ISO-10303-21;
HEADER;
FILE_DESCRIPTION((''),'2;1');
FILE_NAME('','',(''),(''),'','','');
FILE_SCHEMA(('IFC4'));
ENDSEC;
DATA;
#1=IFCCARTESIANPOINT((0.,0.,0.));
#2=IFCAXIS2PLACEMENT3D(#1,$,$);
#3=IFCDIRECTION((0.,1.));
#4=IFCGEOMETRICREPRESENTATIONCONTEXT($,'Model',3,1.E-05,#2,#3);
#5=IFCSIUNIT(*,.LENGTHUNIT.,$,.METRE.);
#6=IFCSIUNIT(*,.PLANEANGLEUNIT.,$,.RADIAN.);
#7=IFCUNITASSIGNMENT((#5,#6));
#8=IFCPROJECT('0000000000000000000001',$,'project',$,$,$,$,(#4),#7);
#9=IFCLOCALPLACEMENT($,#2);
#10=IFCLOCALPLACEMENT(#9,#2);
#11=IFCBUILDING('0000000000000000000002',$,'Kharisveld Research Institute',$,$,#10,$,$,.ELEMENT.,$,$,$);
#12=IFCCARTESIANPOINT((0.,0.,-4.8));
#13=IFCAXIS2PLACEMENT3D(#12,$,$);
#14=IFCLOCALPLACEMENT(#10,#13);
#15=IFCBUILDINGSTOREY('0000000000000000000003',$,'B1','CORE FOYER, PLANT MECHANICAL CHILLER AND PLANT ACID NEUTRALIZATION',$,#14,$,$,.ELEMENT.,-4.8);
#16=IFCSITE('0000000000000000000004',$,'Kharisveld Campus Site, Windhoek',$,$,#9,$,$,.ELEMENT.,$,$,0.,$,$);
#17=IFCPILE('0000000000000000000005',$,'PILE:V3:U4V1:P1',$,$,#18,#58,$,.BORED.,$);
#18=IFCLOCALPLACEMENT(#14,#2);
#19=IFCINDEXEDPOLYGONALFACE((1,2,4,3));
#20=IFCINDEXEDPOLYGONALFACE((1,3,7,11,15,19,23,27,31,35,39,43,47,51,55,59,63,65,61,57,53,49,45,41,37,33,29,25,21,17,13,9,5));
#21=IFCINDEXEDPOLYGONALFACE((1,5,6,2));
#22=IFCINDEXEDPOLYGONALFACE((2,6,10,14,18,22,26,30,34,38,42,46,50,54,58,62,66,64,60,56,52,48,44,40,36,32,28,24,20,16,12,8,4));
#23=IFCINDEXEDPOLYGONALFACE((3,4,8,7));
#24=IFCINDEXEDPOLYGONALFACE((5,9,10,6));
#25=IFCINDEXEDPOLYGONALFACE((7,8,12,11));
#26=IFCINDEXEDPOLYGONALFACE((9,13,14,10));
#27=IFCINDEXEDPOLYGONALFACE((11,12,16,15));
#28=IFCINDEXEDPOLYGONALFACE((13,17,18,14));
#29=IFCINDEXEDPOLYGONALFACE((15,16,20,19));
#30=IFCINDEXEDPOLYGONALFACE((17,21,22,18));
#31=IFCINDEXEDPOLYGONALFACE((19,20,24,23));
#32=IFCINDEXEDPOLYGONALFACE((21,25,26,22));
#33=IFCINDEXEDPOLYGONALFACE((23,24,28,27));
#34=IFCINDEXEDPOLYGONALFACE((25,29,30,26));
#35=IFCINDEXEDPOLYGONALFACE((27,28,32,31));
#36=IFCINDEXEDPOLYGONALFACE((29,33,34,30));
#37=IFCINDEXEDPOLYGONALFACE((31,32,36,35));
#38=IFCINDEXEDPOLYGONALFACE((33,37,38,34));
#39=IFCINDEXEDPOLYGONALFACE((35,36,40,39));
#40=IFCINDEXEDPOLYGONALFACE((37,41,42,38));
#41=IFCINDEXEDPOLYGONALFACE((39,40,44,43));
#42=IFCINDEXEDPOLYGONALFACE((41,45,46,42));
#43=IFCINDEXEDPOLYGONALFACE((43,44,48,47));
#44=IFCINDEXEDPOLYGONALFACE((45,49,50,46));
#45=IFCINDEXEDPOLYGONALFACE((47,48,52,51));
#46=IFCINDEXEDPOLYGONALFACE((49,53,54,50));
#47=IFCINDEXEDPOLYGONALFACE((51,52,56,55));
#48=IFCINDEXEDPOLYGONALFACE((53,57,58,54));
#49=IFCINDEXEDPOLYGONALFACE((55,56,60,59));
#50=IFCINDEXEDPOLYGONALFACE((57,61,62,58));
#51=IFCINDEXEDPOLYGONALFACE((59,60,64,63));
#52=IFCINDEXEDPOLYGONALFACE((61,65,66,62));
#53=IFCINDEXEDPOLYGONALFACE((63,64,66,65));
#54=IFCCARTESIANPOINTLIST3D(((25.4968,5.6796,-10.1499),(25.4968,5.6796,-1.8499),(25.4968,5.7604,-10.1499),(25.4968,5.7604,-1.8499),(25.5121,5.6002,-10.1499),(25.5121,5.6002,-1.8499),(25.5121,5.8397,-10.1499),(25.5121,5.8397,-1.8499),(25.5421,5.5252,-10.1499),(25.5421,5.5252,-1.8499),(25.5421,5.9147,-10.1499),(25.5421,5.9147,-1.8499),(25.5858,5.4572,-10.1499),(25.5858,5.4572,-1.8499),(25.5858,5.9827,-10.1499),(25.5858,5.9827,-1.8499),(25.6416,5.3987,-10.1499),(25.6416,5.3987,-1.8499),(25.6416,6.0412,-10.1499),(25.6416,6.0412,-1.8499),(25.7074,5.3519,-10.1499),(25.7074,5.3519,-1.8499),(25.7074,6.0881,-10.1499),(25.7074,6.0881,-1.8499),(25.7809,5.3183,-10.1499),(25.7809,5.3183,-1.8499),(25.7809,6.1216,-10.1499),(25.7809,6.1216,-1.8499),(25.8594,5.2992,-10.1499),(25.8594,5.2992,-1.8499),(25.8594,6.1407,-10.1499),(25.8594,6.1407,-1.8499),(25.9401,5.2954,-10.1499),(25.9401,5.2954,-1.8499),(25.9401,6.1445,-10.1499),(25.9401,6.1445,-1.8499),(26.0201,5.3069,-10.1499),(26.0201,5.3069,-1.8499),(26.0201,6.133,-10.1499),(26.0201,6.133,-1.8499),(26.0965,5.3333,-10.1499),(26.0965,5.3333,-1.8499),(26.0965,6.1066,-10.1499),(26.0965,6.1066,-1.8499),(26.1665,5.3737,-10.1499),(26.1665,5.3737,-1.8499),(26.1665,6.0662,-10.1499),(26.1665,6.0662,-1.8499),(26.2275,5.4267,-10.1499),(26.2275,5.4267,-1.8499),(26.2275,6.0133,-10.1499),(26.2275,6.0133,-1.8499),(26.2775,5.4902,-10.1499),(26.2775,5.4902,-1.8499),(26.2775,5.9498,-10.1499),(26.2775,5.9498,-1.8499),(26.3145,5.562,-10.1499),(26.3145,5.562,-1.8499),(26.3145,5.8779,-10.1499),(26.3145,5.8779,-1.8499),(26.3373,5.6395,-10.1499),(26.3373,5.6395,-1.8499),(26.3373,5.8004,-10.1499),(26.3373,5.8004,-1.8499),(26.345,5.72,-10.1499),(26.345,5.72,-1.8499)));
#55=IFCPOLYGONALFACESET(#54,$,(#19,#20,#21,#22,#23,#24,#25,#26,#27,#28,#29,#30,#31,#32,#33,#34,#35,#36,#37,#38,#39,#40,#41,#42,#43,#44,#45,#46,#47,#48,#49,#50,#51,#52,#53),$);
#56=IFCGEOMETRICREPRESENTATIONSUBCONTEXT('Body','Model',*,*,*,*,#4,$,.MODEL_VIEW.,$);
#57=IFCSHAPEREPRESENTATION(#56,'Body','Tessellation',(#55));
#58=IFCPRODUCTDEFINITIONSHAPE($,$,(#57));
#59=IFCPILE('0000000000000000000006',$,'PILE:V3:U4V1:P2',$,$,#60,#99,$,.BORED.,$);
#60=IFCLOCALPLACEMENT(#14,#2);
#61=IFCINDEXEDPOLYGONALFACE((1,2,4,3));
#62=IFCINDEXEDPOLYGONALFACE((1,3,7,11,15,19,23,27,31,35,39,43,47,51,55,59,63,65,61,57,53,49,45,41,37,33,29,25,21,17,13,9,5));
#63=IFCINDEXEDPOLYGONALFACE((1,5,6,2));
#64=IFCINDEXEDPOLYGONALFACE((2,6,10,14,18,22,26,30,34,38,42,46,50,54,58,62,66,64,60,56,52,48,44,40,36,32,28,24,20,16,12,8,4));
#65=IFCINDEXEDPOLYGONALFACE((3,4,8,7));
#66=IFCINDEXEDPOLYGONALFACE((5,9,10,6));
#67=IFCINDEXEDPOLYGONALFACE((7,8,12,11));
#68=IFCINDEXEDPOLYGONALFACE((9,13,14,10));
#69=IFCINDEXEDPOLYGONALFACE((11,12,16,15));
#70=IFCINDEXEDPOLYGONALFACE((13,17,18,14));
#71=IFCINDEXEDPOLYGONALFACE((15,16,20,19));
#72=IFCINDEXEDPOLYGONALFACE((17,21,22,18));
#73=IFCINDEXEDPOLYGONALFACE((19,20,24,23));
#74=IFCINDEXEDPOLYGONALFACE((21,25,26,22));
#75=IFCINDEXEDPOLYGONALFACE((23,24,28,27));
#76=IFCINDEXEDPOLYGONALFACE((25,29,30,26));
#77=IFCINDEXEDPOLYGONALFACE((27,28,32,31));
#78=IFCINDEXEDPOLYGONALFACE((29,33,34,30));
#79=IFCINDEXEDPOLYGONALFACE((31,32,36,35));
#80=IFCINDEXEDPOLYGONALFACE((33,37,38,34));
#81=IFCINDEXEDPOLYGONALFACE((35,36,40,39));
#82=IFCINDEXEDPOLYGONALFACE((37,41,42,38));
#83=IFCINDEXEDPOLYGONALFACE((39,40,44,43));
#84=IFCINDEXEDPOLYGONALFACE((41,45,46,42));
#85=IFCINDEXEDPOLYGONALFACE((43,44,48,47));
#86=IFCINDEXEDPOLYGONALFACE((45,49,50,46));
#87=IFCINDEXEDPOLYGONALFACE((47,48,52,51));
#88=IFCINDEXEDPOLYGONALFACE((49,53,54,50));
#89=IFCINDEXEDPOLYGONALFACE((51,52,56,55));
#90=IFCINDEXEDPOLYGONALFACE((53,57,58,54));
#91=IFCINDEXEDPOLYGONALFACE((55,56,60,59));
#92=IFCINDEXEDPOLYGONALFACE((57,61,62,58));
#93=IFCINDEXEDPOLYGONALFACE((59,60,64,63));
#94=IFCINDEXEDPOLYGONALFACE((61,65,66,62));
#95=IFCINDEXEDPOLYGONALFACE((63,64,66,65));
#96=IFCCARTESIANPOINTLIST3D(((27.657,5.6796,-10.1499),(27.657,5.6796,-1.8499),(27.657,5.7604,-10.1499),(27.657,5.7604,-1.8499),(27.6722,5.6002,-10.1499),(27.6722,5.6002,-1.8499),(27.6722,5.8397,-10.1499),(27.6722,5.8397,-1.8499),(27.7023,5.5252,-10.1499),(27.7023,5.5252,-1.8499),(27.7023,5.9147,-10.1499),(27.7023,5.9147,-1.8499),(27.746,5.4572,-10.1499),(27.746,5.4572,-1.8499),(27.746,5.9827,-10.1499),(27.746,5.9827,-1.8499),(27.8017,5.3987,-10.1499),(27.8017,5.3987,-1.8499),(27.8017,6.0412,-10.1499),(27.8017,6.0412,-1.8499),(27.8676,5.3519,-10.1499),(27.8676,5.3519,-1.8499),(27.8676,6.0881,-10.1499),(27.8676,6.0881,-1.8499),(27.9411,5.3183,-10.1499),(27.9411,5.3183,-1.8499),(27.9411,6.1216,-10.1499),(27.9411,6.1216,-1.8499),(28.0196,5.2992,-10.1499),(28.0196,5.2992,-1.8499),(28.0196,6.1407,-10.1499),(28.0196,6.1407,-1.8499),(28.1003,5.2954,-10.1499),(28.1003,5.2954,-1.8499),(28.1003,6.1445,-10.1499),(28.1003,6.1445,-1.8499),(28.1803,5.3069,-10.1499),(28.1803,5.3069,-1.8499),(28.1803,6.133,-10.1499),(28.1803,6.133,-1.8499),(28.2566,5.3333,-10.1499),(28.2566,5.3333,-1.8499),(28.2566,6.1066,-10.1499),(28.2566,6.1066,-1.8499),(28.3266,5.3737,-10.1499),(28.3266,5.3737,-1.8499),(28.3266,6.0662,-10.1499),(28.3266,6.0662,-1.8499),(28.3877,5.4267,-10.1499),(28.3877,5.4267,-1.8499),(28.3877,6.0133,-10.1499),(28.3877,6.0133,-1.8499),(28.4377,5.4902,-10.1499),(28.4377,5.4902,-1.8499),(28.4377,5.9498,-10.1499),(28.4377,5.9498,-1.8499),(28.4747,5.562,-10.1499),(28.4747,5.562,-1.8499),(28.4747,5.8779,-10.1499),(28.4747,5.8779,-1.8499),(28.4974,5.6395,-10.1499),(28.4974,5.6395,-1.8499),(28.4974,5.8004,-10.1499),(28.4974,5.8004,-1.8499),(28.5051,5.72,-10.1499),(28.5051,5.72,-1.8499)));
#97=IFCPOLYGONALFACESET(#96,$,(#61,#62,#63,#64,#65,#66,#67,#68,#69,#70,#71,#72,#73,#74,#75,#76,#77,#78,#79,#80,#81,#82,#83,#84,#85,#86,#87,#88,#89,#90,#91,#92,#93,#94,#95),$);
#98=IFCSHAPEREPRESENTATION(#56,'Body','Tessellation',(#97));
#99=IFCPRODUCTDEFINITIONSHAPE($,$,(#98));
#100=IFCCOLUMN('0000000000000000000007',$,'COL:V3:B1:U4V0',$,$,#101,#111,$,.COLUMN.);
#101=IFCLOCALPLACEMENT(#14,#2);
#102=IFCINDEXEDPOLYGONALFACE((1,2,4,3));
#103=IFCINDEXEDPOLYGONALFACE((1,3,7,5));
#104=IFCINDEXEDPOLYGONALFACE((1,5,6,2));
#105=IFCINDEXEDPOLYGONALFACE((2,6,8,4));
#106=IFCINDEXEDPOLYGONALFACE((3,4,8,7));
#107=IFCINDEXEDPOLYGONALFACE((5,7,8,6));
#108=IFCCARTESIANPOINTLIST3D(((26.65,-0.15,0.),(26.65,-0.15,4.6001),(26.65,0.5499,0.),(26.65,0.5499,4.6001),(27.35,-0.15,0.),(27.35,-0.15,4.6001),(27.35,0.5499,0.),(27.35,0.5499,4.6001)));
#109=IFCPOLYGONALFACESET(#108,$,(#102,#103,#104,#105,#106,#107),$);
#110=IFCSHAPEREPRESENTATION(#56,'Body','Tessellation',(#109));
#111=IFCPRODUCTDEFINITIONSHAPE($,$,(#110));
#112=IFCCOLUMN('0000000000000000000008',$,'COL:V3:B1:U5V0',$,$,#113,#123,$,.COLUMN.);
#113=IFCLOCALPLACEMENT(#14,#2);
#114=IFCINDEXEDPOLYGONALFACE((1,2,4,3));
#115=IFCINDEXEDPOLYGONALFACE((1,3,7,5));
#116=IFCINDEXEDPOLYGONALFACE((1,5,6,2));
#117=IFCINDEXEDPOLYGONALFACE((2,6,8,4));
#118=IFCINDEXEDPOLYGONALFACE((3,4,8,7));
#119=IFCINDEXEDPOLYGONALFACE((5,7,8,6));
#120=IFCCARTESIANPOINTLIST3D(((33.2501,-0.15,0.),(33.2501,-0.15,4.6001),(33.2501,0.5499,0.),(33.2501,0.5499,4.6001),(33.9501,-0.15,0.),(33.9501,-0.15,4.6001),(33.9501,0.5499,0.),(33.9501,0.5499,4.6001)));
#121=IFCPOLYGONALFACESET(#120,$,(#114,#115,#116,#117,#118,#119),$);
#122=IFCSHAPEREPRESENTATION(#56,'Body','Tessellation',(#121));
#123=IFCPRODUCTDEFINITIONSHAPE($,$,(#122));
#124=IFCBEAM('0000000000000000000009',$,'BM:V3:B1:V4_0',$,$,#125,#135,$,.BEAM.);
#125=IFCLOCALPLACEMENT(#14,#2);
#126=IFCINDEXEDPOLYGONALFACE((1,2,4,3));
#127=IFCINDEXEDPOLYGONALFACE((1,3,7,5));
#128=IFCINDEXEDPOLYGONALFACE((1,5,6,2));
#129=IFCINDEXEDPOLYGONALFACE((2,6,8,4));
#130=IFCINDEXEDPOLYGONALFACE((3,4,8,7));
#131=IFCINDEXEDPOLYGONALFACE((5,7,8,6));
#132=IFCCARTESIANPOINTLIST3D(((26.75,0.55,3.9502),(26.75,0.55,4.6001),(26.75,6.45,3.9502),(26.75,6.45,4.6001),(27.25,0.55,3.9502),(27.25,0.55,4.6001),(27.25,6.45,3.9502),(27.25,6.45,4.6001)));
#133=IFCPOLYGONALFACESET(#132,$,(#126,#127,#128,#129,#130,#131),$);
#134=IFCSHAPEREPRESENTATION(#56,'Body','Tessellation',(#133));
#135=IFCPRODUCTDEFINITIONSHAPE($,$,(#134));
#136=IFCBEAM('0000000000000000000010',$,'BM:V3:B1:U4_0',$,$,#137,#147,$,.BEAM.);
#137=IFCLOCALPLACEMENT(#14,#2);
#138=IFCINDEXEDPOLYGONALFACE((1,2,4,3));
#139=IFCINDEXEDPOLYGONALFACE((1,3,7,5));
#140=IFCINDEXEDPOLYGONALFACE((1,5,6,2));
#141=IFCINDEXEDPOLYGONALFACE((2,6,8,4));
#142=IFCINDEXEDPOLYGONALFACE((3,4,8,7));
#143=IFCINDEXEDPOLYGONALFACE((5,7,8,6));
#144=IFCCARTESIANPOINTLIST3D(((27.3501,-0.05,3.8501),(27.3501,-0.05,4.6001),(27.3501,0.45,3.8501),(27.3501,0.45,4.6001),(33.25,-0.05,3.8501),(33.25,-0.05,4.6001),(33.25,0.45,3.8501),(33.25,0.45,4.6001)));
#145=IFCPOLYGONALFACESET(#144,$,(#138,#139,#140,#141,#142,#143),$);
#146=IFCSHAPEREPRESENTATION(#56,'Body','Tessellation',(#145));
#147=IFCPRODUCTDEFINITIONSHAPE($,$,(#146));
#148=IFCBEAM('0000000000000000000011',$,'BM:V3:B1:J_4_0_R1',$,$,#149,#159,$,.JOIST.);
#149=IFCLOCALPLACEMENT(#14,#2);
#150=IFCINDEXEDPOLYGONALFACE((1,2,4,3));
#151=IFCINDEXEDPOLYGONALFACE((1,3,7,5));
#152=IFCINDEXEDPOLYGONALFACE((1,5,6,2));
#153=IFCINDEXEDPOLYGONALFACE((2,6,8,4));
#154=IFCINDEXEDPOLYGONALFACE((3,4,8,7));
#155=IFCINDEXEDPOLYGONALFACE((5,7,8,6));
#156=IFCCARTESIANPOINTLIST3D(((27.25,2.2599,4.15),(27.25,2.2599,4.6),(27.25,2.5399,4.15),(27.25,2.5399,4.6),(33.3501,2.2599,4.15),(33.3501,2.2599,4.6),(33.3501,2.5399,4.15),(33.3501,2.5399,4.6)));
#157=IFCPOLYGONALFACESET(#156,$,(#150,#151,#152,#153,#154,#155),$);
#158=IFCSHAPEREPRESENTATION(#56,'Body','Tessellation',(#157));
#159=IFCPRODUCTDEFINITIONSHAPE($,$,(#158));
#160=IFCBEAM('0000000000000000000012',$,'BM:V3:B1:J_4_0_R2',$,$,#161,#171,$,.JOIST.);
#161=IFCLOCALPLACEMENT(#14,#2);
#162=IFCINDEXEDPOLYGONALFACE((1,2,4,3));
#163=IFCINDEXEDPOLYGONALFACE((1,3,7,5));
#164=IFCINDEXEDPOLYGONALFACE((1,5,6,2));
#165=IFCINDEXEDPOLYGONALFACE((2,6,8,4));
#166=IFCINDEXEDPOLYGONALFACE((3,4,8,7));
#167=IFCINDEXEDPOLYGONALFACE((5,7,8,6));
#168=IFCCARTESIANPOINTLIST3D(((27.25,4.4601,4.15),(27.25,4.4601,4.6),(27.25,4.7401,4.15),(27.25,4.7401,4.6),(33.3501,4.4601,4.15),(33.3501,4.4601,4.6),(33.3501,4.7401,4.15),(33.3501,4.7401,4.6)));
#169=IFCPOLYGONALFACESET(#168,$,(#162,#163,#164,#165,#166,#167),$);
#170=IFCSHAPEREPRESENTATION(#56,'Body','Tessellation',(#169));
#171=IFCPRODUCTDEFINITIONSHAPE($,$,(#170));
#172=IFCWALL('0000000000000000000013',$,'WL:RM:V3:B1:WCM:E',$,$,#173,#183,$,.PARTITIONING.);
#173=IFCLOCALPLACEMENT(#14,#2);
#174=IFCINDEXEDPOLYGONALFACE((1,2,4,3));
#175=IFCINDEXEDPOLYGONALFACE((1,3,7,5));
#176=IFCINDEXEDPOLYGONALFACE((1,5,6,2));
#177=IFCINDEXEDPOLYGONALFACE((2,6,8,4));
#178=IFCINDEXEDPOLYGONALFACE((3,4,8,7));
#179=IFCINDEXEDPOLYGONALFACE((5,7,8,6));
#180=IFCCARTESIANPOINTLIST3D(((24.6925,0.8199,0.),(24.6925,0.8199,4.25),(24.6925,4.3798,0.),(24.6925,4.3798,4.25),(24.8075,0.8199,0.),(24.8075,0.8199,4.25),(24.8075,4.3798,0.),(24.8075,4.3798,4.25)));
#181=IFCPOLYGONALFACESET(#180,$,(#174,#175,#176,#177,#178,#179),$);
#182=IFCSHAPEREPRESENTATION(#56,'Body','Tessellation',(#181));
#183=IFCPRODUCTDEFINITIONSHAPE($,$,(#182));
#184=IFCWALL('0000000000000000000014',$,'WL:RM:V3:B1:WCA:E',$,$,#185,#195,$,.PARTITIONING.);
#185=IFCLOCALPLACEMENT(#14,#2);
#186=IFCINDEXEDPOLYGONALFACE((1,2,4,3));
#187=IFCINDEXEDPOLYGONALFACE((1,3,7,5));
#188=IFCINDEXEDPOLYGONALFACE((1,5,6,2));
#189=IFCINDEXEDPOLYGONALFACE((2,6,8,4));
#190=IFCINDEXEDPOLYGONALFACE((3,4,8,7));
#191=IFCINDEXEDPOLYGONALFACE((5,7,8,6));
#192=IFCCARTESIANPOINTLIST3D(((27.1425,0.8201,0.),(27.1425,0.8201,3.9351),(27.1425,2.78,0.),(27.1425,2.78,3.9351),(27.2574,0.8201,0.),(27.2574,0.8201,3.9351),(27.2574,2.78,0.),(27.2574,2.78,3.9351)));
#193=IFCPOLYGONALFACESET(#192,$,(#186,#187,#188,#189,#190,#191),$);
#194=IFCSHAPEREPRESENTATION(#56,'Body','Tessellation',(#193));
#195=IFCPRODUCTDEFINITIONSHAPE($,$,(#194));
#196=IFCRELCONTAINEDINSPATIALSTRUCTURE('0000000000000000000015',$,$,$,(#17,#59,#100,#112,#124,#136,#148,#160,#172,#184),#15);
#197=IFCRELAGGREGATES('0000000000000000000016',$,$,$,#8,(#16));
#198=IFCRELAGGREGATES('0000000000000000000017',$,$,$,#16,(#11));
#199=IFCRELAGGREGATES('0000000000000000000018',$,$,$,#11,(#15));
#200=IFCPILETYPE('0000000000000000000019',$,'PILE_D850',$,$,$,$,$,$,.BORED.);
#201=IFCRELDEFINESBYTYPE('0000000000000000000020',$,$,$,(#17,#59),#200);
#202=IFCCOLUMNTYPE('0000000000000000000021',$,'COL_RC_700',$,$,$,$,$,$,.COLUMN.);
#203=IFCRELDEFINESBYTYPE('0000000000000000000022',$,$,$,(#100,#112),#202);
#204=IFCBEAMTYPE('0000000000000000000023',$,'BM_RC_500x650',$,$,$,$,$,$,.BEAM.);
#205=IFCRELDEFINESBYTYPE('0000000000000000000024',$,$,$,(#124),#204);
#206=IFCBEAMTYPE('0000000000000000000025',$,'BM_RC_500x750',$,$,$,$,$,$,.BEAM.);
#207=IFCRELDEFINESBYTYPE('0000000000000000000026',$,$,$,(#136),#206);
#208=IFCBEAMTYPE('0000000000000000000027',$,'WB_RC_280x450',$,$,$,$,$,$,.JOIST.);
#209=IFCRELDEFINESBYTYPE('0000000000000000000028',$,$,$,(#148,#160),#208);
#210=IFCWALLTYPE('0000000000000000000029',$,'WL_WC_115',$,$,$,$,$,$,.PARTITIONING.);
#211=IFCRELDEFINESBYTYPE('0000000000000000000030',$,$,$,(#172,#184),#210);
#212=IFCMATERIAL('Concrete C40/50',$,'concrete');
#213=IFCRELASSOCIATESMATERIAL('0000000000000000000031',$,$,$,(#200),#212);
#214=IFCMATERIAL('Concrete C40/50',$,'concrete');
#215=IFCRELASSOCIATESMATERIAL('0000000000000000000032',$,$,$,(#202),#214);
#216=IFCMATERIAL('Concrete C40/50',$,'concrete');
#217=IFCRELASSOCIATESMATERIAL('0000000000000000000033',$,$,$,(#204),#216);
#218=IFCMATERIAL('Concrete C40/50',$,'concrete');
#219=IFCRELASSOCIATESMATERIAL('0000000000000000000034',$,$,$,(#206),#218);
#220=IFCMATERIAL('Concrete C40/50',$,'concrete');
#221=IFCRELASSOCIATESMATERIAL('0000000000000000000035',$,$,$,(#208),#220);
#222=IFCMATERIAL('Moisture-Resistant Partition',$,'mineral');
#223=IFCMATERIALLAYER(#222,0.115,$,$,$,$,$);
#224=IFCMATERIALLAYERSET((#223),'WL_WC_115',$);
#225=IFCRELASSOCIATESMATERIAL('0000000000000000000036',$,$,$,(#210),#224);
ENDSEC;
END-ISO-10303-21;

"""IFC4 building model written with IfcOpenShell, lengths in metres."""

from ifc_helpers import new_model, si_unit, direction, frame, frame_2d, origin, origin_2d, place, context, subcontext, project, spatial, rectangle, circle, extrude, material, layer, layer_set, material_profile, profile_set, type_object, element, save


model = new_model("IFC4")

# Units and contexts
model_context = context("Model", 3, precision=1e-05, world=origin(), true_north=direction((0.0, 1.0)))
body_context = subcontext(model_context, "Body", "Model", "MODEL_VIEW")
ifc_project = project(units=[si_unit("LENGTHUNIT", "METRE"), si_unit("PLANEANGLEUNIT", "RADIAN")], contexts=[model_context])

# Site, building, storey
site_placement = place(None, origin())
site = spatial("IfcSite", under=ifc_project, at=site_placement, Name="Kharisveld Campus Site, Windhoek", CompositionType="ELEMENT", RefElevation=0.0)
building_placement = place(site_placement, origin())
building = spatial("IfcBuilding", under=site, at=building_placement, Name="Kharisveld Research Institute", CompositionType="ELEMENT")
storey_placement = place(building_placement, frame((0.0, 0.0, -4.8)))
storey = spatial("IfcBuildingStorey", under=building, at=storey_placement, Name="B1", Description="CORE FOYER, PLANT MECHANICAL CHILLER AND PLANT ACID NEUTRALIZATION", CompositionType="ELEMENT", Elevation=-4.8)

# Piles
ifc_material_1 = material(Name="Concrete C40/50", Category="concrete")
ifc_material_profile_1 = material_profile(ifc_material_1, circle(Radius=0.425, at=origin_2d()))
ifc_profile_set_1 = profile_set([ifc_material_profile_1], Name="Concrete C40/50")
pile_type_1 = type_object("IfcPileType", Name="PILE_D850", PredefinedType="BORED", material=ifc_profile_set_1)
for number, where, z_axis, x_axis, name in (
    (1, (25.9199, 5.72, -1.8499), (0.0, 0.0, -1.0), (1.0, 0.0, 0.0), "PILE:V3:U4V1:P1"),
    (2, (28.0801, 5.72, -1.8499), (0.0, 0.0, -1.0), (1.0, 0.0, 0.0), "PILE:V3:U4V1:P2"),
):
    element("IfcPile", number, at=place(storey_placement, frame(where, z_axis=z_axis, x_axis=x_axis)), inside=storey, type_object=pile_type_1, Name=name, PredefinedType="BORED", context=body_context, shape_type="SweptSolid", body=[
        extrude(circle(Radius=0.425, at=origin_2d()), origin(), (0.0, 0.0, 1.0), 8.3),
    ])

# Columns
ifc_material_2 = material(Name="Concrete C40/50", Category="concrete")
ifc_material_profile_2 = material_profile(ifc_material_2, rectangle(XDim=0.7, YDim=0.7, at=origin_2d()))
ifc_profile_set_2 = profile_set([ifc_material_profile_2], Name="Concrete C40/50")
column_type = type_object("IfcColumnType", Name="COL_RC_700", PredefinedType="COLUMN", material=ifc_profile_set_2)
for number, where, z_axis, x_axis, name in (
    (3, (27.0, 0.2, 0.0), (0.0, 0.0, 1.0), (1.0, 0.0, 0.0), "COL:V3:B1:U4V0"),
    (4, (33.6001, 0.2, 0.0), (0.0, 0.0, 1.0), (1.0, 0.0, 0.0), "COL:V3:B1:U5V0"),
):
    element("IfcColumn", number, at=place(storey_placement, frame(where, z_axis=z_axis, x_axis=x_axis)), inside=storey, type_object=column_type, Name=name, PredefinedType="COLUMN", context=body_context, shape_type="SweptSolid", body=[
        extrude(rectangle(XDim=0.7, YDim=0.7, at=origin_2d()), origin(), (0.0, 0.0, 1.0), 4.6001),
    ])

# Beams
ifc_material_3 = material(Name="Concrete C40/50", Category="concrete")
ifc_material_profile_3 = material_profile(ifc_material_3, rectangle(XDim=0.5, YDim=0.6499, at=origin_2d()))
ifc_profile_set_3 = profile_set([ifc_material_profile_3], Name="Concrete C40/50")
beam_type_1 = type_object("IfcBeamType", Name="BM_RC_500x650", PredefinedType="BEAM", material=ifc_profile_set_3)
beam_1_placement = place(storey_placement, frame((27.0, 0.55, 4.2751), z_axis=(0.0, 1.0, 0.0), x_axis=(-1.0, 0.0, 0.0)))
element("IfcBeam", 5, at=beam_1_placement, inside=storey, type_object=beam_type_1, Name="BM:V3:B1:V4_0", PredefinedType="BEAM", context=body_context, shape_type="SweptSolid", body=[
    extrude(rectangle(XDim=0.5, YDim=0.6499, at=origin_2d()), origin(), (0.0, 0.0, 1.0), 5.8999),
])
ifc_material_4 = material(Name="Concrete C40/50", Category="concrete")
ifc_material_profile_4 = material_profile(ifc_material_4, rectangle(XDim=0.5, YDim=0.75, at=origin_2d()))
ifc_profile_set_4 = profile_set([ifc_material_profile_4], Name="Concrete C40/50")
beam_type_2 = type_object("IfcBeamType", Name="BM_RC_500x750", PredefinedType="BEAM", material=ifc_profile_set_4)
beam_2_placement = place(storey_placement, frame((27.3501, 0.2, 4.2251), z_axis=(1.0, 0.0, 0.0), x_axis=(0.0, 1.0, 0.0)))
element("IfcBeam", 6, at=beam_2_placement, inside=storey, type_object=beam_type_2, Name="BM:V3:B1:U4_0", PredefinedType="BEAM", context=body_context, shape_type="SweptSolid", body=[
    extrude(rectangle(XDim=0.5, YDim=0.75, at=origin_2d()), origin(), (0.0, 0.0, 1.0), 5.8999),
])
ifc_material_5 = material(Name="Concrete C40/50", Category="concrete")
ifc_material_profile_5 = material_profile(ifc_material_5, rectangle(XDim=0.28, YDim=0.45, at=origin_2d()))
ifc_profile_set_5 = profile_set([ifc_material_profile_5], Name="Concrete C40/50")
beam_type_3 = type_object("IfcBeamType", Name="WB_RC_280x450", PredefinedType="JOIST", material=ifc_profile_set_5)
for number, where, z_axis, x_axis, name in (
    (7, (27.25, 2.3999, 4.375), (1.0, 0.0, 0.0), (0.0, 1.0, 0.0), "BM:V3:B1:J_4_0_R1"),
    (8, (27.25, 4.6001, 4.375), (1.0, 0.0, 0.0), (0.0, 1.0, 0.0), "BM:V3:B1:J_4_0_R2"),
):
    element("IfcBeam", number, at=place(storey_placement, frame(where, z_axis=z_axis, x_axis=x_axis)), inside=storey, type_object=beam_type_3, Name=name, PredefinedType="JOIST", context=body_context, shape_type="SweptSolid", body=[
        extrude(rectangle(XDim=0.28, YDim=0.45, at=origin_2d()), origin(), (0.0, 0.0, 1.0), 6.1001),
    ])

# Wall
ifc_material_6 = material(Name="Moisture-Resistant Partition", Category="mineral")
ifc_layer = layer(ifc_material_6, 0.115)
ifc_layer_set = layer_set([ifc_layer], Name="WL_WC_115")
wall_type = type_object("IfcWallType", Name="WL_WC_115", PredefinedType="PARTITIONING", material=ifc_layer_set)
wall_1_placement = place(storey_placement, frame((24.75, 0.8201, 0.0), z_axis=(0.0, 0.0, 1.0), x_axis=(0.0, 1.0, 0.0)))
element("IfcWall", 9, at=wall_1_placement, inside=storey, type_object=wall_type, Name="WL:RM:V3:B1:WCM:E", PredefinedType="PARTITIONING", context=body_context, shape_type="SweptSolid", body=[
    extrude(rectangle(XDim=3.5598, YDim=0.115, at=frame_2d((1.7798, 0.0))), origin(), (0.0, 0.0, 1.0), 4.25),
])

# Wall
wall_2_placement = place(storey_placement, frame((27.2, 0.8201, 0.0), z_axis=(0.0, 0.0, 1.0), x_axis=(0.0, 1.0, 0.0)))
element("IfcWall", 10, at=wall_2_placement, inside=storey, type_object=wall_type, Name="WL:RM:V3:B1:WCA:E", PredefinedType="PARTITIONING", context=body_context, shape_type="SweptSolid", body=[
    extrude(rectangle(XDim=1.96, YDim=0.115, at=frame_2d((0.98, 0.0))), origin(), (0.0, 0.0, 1.0), 3.9351),
])

save(model, "model.ifc")
